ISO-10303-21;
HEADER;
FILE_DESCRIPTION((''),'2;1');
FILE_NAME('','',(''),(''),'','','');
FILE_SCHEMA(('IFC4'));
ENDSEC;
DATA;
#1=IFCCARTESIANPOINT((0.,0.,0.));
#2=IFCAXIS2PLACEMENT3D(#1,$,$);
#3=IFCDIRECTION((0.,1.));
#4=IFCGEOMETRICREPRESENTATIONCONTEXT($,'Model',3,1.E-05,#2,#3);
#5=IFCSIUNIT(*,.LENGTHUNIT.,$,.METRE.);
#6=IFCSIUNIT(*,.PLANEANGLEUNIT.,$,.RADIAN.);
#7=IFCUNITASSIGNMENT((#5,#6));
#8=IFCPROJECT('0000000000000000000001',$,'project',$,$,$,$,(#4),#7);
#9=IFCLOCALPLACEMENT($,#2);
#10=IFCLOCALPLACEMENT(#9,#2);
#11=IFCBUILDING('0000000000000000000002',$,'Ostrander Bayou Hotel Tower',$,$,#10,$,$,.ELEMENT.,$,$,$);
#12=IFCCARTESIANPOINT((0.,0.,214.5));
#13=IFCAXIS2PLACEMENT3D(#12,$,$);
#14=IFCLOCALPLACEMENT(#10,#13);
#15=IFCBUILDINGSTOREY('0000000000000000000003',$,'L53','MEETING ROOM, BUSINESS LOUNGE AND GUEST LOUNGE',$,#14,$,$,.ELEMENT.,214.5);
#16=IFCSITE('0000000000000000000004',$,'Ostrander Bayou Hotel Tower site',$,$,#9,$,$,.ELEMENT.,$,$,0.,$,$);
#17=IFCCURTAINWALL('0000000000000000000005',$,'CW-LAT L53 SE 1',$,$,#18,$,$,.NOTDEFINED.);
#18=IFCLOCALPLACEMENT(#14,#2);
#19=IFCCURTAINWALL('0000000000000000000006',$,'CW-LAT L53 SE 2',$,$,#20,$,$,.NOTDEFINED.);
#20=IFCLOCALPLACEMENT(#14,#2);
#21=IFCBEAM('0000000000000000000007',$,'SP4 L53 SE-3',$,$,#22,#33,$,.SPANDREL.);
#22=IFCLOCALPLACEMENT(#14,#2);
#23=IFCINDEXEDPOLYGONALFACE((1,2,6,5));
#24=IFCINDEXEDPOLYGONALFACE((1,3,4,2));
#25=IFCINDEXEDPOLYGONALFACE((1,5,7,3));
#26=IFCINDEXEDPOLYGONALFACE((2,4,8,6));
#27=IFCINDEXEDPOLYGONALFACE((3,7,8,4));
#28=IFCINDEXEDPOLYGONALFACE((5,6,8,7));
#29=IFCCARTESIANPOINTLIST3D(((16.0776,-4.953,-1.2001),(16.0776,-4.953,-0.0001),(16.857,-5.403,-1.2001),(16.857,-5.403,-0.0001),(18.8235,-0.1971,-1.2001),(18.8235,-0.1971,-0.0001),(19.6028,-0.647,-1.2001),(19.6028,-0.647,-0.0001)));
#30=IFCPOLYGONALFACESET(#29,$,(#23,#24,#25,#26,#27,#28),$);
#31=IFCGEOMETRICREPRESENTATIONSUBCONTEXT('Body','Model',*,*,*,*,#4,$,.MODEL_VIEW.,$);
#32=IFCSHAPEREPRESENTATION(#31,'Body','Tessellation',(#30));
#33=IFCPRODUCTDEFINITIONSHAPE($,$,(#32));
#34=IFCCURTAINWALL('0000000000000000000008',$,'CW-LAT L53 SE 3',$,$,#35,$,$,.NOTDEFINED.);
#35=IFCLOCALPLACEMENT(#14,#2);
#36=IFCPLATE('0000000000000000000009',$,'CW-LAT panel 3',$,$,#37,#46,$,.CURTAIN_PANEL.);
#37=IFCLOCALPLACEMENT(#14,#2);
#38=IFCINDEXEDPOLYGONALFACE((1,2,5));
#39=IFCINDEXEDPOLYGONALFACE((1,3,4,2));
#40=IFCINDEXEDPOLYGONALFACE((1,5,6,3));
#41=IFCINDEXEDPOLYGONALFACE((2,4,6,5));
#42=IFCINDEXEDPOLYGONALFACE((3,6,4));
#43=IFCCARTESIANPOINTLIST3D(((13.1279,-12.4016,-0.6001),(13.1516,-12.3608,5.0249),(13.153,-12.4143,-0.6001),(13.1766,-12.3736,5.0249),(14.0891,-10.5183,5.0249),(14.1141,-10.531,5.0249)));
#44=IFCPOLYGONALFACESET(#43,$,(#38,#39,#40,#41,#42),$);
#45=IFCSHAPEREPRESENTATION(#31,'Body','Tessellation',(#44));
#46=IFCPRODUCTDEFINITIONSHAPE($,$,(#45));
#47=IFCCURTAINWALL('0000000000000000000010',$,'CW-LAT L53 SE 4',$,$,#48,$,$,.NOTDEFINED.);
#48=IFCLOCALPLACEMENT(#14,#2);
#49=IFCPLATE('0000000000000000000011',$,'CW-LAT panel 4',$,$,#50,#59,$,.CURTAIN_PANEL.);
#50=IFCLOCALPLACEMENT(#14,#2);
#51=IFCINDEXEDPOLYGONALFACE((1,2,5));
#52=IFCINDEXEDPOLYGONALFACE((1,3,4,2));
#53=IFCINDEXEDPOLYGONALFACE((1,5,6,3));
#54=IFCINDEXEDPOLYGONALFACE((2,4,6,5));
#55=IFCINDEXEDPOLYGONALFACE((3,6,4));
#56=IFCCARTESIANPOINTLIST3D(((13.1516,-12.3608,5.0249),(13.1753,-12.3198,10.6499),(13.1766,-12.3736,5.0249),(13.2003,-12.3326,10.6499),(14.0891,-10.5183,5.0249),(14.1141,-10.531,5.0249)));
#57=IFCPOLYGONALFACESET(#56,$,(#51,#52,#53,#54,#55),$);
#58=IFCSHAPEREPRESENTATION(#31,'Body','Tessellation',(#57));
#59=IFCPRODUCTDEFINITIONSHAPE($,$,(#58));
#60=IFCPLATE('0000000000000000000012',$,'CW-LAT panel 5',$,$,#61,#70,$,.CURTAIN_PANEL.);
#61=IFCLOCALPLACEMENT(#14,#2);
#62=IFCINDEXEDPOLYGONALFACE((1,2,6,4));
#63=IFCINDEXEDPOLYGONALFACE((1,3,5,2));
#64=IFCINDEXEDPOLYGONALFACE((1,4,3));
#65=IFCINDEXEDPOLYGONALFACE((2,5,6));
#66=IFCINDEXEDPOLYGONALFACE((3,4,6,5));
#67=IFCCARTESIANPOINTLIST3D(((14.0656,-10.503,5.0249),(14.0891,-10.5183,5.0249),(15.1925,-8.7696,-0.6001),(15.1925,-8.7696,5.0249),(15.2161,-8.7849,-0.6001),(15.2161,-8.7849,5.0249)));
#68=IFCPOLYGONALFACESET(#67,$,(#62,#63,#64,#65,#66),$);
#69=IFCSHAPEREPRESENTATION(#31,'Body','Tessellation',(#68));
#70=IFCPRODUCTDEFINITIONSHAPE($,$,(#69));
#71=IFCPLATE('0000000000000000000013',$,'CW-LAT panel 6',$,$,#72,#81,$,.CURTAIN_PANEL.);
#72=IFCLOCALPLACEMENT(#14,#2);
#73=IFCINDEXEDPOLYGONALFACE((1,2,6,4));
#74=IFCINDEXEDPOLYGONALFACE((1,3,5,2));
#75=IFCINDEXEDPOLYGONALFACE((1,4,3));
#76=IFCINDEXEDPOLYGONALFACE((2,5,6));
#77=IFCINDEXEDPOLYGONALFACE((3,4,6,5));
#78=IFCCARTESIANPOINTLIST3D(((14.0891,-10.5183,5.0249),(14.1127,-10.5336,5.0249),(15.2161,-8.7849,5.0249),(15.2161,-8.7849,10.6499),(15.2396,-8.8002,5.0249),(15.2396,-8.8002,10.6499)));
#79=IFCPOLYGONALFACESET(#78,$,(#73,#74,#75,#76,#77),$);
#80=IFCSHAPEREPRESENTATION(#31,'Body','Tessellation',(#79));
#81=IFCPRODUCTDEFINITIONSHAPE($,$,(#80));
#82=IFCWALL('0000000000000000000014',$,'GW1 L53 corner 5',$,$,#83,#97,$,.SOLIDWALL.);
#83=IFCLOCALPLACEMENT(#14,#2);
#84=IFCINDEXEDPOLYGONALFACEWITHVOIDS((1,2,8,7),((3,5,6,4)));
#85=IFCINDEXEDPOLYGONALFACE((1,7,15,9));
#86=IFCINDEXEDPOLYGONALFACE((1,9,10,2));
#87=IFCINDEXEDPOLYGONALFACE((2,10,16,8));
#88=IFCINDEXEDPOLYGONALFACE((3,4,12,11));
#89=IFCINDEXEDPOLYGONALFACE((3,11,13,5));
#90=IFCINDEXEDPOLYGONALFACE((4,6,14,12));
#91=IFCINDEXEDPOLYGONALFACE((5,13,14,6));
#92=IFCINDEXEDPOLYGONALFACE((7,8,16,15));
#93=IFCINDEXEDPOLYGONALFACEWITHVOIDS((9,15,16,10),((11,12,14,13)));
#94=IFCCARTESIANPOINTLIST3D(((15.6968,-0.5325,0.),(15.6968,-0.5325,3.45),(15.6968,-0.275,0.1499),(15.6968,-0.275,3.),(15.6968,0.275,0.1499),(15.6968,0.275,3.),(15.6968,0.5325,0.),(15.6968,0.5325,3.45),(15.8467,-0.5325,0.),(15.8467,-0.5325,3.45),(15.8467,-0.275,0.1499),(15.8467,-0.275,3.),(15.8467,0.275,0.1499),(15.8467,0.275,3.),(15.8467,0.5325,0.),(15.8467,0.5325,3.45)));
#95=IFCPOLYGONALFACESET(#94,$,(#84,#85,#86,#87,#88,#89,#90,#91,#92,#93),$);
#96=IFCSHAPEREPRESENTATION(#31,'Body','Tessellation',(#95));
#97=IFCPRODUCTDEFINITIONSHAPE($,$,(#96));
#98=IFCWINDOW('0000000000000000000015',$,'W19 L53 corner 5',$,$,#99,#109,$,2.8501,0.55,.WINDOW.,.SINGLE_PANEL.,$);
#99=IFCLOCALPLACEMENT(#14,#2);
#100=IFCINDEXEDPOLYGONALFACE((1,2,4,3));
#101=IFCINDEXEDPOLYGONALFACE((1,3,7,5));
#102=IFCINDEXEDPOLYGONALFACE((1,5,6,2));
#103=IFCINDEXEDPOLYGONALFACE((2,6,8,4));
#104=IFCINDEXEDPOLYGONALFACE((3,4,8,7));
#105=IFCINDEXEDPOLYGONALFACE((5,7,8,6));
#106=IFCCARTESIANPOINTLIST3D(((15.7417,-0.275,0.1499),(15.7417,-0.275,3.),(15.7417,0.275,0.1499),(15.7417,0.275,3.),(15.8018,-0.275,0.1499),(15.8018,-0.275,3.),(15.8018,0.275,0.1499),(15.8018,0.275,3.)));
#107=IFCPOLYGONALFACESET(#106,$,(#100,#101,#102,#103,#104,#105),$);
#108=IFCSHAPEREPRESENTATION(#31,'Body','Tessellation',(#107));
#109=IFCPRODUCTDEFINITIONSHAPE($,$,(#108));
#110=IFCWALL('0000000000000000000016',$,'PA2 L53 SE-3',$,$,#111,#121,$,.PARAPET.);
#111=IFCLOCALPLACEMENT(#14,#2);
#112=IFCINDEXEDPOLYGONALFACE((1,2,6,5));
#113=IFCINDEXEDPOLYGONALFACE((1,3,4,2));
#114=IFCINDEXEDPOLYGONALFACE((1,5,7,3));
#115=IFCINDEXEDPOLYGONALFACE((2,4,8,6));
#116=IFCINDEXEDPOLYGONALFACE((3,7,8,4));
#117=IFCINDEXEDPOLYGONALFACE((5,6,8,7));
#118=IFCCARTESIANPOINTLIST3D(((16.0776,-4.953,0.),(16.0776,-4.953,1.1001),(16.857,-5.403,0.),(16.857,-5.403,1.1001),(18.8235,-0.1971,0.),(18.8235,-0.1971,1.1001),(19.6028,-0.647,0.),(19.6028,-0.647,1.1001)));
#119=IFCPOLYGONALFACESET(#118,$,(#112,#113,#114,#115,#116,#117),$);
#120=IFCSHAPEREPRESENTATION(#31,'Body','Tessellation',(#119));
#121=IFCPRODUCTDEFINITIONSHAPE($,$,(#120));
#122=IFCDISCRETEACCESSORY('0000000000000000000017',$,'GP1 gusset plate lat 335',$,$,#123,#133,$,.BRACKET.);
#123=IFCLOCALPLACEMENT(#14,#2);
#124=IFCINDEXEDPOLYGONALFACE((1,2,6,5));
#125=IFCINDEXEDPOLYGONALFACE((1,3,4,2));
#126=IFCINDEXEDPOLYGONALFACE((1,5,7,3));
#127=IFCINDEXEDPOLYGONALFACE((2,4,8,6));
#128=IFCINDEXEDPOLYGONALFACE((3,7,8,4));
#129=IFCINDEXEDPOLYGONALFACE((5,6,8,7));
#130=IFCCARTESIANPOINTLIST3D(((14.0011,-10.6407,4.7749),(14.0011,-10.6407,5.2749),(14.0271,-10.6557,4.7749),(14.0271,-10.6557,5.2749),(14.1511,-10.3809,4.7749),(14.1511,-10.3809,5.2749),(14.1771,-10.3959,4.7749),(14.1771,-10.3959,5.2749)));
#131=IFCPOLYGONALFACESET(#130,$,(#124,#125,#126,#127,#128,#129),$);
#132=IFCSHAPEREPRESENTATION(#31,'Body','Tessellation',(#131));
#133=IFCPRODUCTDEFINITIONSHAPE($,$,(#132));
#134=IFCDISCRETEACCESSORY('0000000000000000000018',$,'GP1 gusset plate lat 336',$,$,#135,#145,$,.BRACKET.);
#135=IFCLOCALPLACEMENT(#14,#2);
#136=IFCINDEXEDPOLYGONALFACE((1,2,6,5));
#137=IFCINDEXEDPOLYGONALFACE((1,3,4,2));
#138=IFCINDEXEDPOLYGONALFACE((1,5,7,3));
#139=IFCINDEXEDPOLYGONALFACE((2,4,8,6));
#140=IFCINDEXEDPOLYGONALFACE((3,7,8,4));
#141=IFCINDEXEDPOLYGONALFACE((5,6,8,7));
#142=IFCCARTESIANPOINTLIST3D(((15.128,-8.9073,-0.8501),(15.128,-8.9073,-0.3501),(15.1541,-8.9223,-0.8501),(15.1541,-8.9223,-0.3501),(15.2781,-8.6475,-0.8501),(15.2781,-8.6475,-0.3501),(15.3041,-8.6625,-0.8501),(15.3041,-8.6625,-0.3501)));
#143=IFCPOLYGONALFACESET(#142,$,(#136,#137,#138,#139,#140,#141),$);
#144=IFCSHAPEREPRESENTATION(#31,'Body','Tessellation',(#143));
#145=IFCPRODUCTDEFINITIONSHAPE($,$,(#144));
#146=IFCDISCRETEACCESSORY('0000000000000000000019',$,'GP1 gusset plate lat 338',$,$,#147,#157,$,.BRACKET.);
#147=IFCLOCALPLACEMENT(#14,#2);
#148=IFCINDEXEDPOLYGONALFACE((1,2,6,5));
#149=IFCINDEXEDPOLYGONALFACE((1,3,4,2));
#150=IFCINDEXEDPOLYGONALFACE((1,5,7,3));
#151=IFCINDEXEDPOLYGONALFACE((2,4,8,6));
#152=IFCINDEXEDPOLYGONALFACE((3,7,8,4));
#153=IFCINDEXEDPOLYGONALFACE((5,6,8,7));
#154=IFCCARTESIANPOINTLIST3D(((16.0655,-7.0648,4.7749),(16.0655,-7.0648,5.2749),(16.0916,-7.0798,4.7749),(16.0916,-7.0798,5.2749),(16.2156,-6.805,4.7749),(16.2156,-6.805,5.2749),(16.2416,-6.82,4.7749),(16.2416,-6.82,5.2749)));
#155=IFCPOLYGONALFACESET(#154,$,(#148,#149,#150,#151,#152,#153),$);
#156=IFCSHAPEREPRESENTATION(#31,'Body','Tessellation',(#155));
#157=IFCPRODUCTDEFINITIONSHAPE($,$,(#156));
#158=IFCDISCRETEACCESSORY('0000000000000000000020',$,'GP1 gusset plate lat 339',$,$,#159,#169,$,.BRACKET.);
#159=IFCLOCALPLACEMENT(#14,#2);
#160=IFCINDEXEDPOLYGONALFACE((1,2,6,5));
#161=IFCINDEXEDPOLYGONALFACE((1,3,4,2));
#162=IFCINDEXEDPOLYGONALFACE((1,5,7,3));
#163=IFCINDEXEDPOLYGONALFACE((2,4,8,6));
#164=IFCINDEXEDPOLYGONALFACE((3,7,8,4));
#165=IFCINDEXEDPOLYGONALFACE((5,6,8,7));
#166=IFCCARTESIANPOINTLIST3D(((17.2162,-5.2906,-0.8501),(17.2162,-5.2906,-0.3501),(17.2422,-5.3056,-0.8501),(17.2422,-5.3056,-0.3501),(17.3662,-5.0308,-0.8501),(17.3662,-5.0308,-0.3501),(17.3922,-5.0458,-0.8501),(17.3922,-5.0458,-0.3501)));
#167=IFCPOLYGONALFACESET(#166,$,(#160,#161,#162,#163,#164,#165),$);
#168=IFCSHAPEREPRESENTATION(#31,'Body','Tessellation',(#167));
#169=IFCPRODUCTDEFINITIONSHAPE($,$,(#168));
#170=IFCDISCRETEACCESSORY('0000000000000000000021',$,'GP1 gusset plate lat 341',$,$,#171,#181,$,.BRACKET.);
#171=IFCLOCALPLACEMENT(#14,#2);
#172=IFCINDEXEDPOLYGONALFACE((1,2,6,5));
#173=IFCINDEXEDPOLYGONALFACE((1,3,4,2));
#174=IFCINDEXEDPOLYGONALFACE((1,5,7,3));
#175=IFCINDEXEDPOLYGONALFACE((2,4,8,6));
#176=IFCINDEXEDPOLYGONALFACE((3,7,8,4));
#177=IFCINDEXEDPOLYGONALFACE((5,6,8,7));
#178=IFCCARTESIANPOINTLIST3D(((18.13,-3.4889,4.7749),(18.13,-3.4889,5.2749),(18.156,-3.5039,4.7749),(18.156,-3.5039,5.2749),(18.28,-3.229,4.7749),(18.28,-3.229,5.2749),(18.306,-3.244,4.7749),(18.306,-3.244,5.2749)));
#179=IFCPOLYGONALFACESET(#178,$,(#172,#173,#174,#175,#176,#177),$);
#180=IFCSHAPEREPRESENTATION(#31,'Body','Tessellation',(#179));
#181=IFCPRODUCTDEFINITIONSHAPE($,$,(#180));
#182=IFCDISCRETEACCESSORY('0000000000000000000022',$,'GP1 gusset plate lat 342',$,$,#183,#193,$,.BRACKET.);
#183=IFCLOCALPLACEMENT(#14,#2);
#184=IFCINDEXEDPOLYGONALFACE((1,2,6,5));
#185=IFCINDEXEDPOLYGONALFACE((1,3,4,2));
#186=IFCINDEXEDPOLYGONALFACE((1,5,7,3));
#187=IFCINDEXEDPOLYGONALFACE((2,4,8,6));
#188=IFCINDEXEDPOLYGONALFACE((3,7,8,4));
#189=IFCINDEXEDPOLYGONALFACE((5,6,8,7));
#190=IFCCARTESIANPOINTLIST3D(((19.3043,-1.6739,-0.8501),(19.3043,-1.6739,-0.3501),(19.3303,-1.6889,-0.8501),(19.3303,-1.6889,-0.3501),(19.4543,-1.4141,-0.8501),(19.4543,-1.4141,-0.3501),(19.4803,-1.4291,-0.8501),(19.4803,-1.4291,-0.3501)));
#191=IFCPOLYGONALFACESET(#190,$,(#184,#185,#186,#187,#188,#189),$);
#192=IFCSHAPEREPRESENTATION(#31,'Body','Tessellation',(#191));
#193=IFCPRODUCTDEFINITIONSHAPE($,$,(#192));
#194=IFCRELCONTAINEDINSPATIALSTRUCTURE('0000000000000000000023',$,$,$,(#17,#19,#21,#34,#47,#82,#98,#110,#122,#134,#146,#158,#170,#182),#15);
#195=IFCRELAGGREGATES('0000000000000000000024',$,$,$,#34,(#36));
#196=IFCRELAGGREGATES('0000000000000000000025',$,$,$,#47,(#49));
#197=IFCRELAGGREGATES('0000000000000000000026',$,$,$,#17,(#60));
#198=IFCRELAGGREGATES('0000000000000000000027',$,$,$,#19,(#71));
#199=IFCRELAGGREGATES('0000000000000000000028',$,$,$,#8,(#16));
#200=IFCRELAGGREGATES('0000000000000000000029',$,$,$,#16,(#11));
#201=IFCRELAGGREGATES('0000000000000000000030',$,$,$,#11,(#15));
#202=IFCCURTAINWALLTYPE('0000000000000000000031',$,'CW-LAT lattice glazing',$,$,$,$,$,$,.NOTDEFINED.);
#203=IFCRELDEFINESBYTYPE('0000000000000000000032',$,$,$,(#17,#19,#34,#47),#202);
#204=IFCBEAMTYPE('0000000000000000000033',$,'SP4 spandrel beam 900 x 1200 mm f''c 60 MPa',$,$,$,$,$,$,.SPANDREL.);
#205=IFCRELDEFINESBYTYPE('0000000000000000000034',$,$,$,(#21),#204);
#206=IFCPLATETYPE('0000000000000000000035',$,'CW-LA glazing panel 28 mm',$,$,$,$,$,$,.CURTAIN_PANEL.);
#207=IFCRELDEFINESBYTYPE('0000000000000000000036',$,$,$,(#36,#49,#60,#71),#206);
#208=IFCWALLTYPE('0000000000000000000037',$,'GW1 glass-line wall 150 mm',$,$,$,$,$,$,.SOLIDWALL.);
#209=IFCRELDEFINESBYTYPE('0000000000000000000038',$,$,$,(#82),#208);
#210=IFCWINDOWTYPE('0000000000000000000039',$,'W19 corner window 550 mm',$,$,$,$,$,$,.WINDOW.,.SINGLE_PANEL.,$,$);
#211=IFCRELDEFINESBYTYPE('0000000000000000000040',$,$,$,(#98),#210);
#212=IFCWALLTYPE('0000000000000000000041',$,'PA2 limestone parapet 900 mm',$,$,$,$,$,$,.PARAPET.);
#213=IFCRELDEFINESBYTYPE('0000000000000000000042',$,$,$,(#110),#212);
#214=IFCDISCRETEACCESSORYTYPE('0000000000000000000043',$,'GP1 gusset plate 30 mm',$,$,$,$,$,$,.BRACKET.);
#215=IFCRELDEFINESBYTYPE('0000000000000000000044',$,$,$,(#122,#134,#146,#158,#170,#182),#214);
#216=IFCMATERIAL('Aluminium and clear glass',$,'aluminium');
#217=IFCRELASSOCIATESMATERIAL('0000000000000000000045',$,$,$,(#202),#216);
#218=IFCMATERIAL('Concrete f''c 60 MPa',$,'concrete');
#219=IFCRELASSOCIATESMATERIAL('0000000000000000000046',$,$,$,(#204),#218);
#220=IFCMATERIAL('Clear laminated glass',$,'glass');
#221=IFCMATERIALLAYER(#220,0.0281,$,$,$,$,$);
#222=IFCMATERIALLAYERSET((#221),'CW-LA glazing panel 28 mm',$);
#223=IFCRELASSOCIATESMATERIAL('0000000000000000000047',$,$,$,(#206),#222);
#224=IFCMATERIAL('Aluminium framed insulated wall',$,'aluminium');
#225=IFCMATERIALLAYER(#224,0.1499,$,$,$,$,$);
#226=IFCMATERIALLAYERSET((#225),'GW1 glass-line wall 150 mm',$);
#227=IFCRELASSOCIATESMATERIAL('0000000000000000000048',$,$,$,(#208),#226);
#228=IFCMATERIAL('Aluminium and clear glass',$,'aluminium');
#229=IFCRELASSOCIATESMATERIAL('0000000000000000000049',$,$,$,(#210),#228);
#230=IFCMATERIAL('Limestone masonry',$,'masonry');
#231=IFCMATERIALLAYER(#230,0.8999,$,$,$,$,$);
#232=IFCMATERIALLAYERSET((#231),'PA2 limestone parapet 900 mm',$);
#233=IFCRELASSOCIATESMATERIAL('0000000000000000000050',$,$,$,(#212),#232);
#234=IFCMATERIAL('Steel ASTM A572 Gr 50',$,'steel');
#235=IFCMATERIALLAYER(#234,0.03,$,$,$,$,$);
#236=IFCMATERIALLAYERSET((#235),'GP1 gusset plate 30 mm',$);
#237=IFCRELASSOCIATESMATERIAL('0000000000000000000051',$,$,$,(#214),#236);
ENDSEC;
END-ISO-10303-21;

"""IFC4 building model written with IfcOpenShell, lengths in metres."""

from ifc_helpers import new_model, si_unit, direction, frame, frame_2d, origin, origin_2d, place, context, subcontext, project, spatial, polyline, rectangle, outline, extrude, material, layer, layer_set, material_profile, profile_set, type_object, element, fill, aggregate, save


model = new_model("IFC4")

# Units and contexts
model_context = context("Model", 3, precision=1e-05, world=origin(), true_north=direction((0.0, 1.0)))
body_context = subcontext(model_context, "Body", "Model", "MODEL_VIEW")
ifc_project = project(units=[si_unit("LENGTHUNIT", "METRE"), si_unit("PLANEANGLEUNIT", "RADIAN")], contexts=[model_context])

# Site, building, storey
site_placement = place(None, origin())
site = spatial("IfcSite", under=ifc_project, at=site_placement, Name="Ostrander Bayou Hotel Tower site", CompositionType="ELEMENT", RefElevation=0.0)
building_placement = place(site_placement, origin())
building = spatial("IfcBuilding", under=site, at=building_placement, Name="Ostrander Bayou Hotel Tower", CompositionType="ELEMENT")
storey_placement = place(building_placement, frame((0.0, 0.0, 214.5)))
storey = spatial("IfcBuildingStorey", under=building, at=storey_placement, Name="L53", Description="MEETING ROOM, BUSINESS LOUNGE AND GUEST LOUNGE", CompositionType="ELEMENT", Elevation=214.5)

# Curtain walls
ifc_material_1 = material(Name="Aluminium and clear glass", Category="aluminium")
curtain_wall_type = type_object("IfcCurtainWallType", Name="CW-LAT lattice glazing", PredefinedType="NOTDEFINED", material=ifc_material_1)
curtain_wall_1_placement = place(storey_placement, origin())
curtain_wall_1 = element("IfcCurtainWall", 1, at=curtain_wall_1_placement, inside=storey, type_object=curtain_wall_type, Name="CW-LAT L53 SE 1", PredefinedType="NOTDEFINED")
curtain_wall_2_placement = place(storey_placement, origin())
curtain_wall_2 = element("IfcCurtainWall", 2, at=curtain_wall_2_placement, inside=storey, type_object=curtain_wall_type, Name="CW-LAT L53 SE 2", PredefinedType="NOTDEFINED")

# Beam
ifc_material_2 = material(Name="Concrete f'c 60 MPa", Category="concrete")
ifc_material_profile_1 = material_profile(ifc_material_2, rectangle(XDim=0.8999, YDim=1.2, at=origin_2d()))
ifc_profile_set_1 = profile_set([ifc_material_profile_1], Name="Concrete f'c 60 MPa")
beam_type_1 = type_object("IfcBeamType", Name="SP4 spandrel beam 900 x 1200 mm f'c 60 MPa", PredefinedType="SPANDREL", material=ifc_profile_set_1)
beam_1_placement = place(storey_placement, frame((16.4673, -5.178, -0.6001), z_axis=(0.500007, 0.866021, 0.0), x_axis=(-0.866021, 0.500007, 0.0)))
element("IfcBeam", 3, at=beam_1_placement, inside=storey, type_object=beam_type_1, Name="SP4 L53 SE-3", PredefinedType="SPANDREL", context=body_context, shape_type="SweptSolid", body=[
    extrude(rectangle(XDim=0.8999, YDim=1.2, at=origin_2d()), origin(), (0.0, 0.0, 1.0), 5.4917),
])

# Curtain walls, plates
curtain_wall_3_placement = place(storey_placement, origin())
curtain_wall_3 = element("IfcCurtainWall", 4, at=curtain_wall_3_placement, inside=storey, type_object=curtain_wall_type, Name="CW-LAT L53 SE 3", PredefinedType="NOTDEFINED")
ifc_material_3 = material(Name="Clear laminated glass", Category="glass")
ifc_layer_1 = layer(ifc_material_3, 0.0281)
ifc_layer_set_1 = layer_set([ifc_layer_1], Name="CW-LA glazing panel 28 mm")
plate_type = type_object("IfcPlateType", Name="CW-LA glazing panel 28 mm", PredefinedType="CURTAIN_PANEL", material=ifc_layer_set_1)
plate_1_placement = place(storey_placement, frame((14.0891, -10.5183, 5.0249), z_axis=(-0.891264, 0.453485, 0.000465), x_axis=(-0.15995, -0.313399, -0.936054)))
plate_1 = element("IfcPlate", 5, at=plate_1_placement, type_object=plate_type, Name="CW-LAT panel 3", PredefinedType="CURTAIN_PANEL", context=body_context, shape_type="SweptSolid", body=[
    extrude(outline(polyline([(0.0, 0.0), (6.0093, 0.0), (0.7274, 1.9351), (0.0, 0.0)])), origin(), (0.0, 0.0, -1.0), 0.0281),
])
aggregate(curtain_wall_3, [plate_1])
curtain_wall_4_placement = place(storey_placement, origin())
curtain_wall_4 = element("IfcCurtainWall", 6, at=curtain_wall_4_placement, inside=storey, type_object=curtain_wall_type, Name="CW-LAT L53 SE 4", PredefinedType="NOTDEFINED")
plate_2_placement = place(storey_placement, frame((14.0891, -10.5183, 5.0249), z_axis=(-0.891264, 0.453485, 0.000446), x_axis=(-0.152896, -0.301422, 0.941152)))
plate_2 = element("IfcPlate", 7, at=plate_2_placement, type_object=plate_type, Name="CW-LAT panel 4", PredefinedType="CURTAIN_PANEL", context=body_context, shape_type="SweptSolid", body=[
    extrude(outline(polyline([(0.0, 0.0), (5.9767, 0.0), (0.6987, -1.9457), (0.0, 0.0)])), origin(), (0.0, 0.0, -1.0), 0.0281),
])
aggregate(curtain_wall_4, [plate_2])

# Plates
plate_3_placement = place(storey_placement, frame((14.0891, -10.5183, 5.0249), z_axis=(0.83839, -0.545071, 0.0), x_axis=(0.188047, 0.28924, -0.938605)))
plate_3 = element("IfcPlate", 8, at=plate_3_placement, type_object=plate_type, Name="CW-LAT panel 5", PredefinedType="CURTAIN_PANEL", context=body_context, shape_type="SweptSolid", body=[
    extrude(outline(polyline([(0.0, 0.0), (5.9929, 0.0), (0.7133, 1.9406), (0.0, 0.0)])), origin(), (0.0, 0.0, -1.0), 0.0281),
])
aggregate(curtain_wall_1, [plate_3])
plate_4_placement = place(storey_placement, frame((14.0891, -10.5183, 5.0249), z_axis=(-0.83839, 0.545071, 0.0), x_axis=(0.188047, 0.28924, 0.938605)))
plate_4 = element("IfcPlate", 9, at=plate_4_placement, type_object=plate_type, Name="CW-LAT panel 6", PredefinedType="CURTAIN_PANEL", context=body_context, shape_type="SweptSolid", body=[
    extrude(outline(polyline([(0.0, 0.0), (5.9929, 0.0), (0.7133, 1.9406), (0.0, 0.0)])), origin(), (0.0, 0.0, -1.0), 0.0281),
])
aggregate(curtain_wall_2, [plate_4])

# Wall, opening, window
ifc_material_4 = material(Name="Aluminium framed insulated wall", Category="aluminium")
ifc_layer_2 = layer(ifc_material_4, 0.1499)
ifc_layer_set_2 = layer_set([ifc_layer_2], Name="GW1 glass-line wall 150 mm")
wall_type_1 = type_object("IfcWallType", Name="GW1 glass-line wall 150 mm", PredefinedType="SOLIDWALL", material=ifc_layer_set_2)
wall_1_placement = place(storey_placement, frame((15.7717, -0.5325, 0.0), z_axis=(0.0, 0.0, 1.0), x_axis=(0.0, 1.0, 0.0)))
wall_1 = element("IfcWall", 10, at=wall_1_placement, inside=storey, type_object=wall_type_1, Name="GW1 L53 corner 5", PredefinedType="SOLIDWALL", context=body_context, shape_type="SweptSolid", body=[
    extrude(rectangle(XDim=1.0649, YDim=0.1499, at=frame_2d((0.5325, 0.0))), origin(), (0.0, 0.0, 1.0), 3.45),
])
opening_placement = place(wall_1_placement, frame((0.2576, 0.0, 0.1499)))
opening = element("IfcOpeningElement", 11, at=opening_placement, cuts=wall_1, PredefinedType="OPENING", context=body_context, shape_type="SweptSolid", body=[
    extrude(rectangle(XDim=0.55, YDim=2.8501, at=frame_2d((0.2749, 1.425))), frame((0.0, 0.075, 0.0), z_axis=(0.0, -1.0, 0.0), x_axis=(1.0, 0.0, 0.0)), (0.0, 0.0, 1.0), 0.1499),
])
ifc_material_5 = material(Name="Aluminium and clear glass", Category="aluminium")
window_type = type_object("IfcWindowType", Name="W19 corner window 550 mm", PartitioningType="SINGLE_PANEL", PredefinedType="WINDOW", material=ifc_material_5)
window_placement = place(opening_placement, origin())
window = element("IfcWindow", 12, at=window_placement, inside=storey, type_object=window_type, Name="W19 L53 corner 5", OverallHeight=2.8501, OverallWidth=0.55, PartitioningType="SINGLE_PANEL", PredefinedType="WINDOW", context=body_context, shape_type="SweptSolid", body=[
    extrude(rectangle(XDim=0.55, YDim=2.8501, at=frame_2d((0.2749, 1.425))), frame((0.0, 0.03, 0.0), z_axis=(0.0, -1.0, 0.0), x_axis=(1.0, 0.0, 0.0)), (0.0, 0.0, 1.0), 0.0601),
])
fill(opening, window)

# Wall
ifc_material_6 = material(Name="Limestone masonry", Category="masonry")
ifc_layer_3 = layer(ifc_material_6, 0.8999)
ifc_layer_set_3 = layer_set([ifc_layer_3], Name="PA2 limestone parapet 900 mm")
wall_type_2 = type_object("IfcWallType", Name="PA2 limestone parapet 900 mm", PredefinedType="PARAPET", material=ifc_layer_set_3)
wall_2_placement = place(storey_placement, frame((16.4673, -5.178, 0.0), z_axis=(0.0, 0.0, 1.0), x_axis=(0.500007, 0.866021, 0.0)))
element("IfcWall", 13, at=wall_2_placement, inside=storey, type_object=wall_type_2, Name="PA2 L53 SE-3", PredefinedType="PARAPET", context=body_context, shape_type="SweptSolid", body=[
    extrude(rectangle(XDim=5.4917, YDim=0.8999, at=frame_2d((2.7458, 0.0))), origin(), (0.0, 0.0, 1.0), 1.1001),
])

# Discrete accessories
ifc_material_7 = material(Name="Steel ASTM A572 Gr 50", Category="steel")
ifc_layer_4 = layer(ifc_material_7, 0.03)
ifc_layer_set_4 = layer_set([ifc_layer_4], Name="GP1 gusset plate 30 mm")
discrete_accessory_type = type_object("IfcDiscreteAccessoryType", Name="GP1 gusset plate 30 mm", PredefinedType="BRACKET", material=ifc_layer_set_4)
for number, where, z_axis, x_axis, name in (
    (14, (14.0891, -10.5183, 4.7749), (0.0, 0.0, 1.0), (0.5, 0.866025, 0.0), "GP1 gusset plate lat 335"),
    (15, (15.2161, -8.7849, -0.8501), (0.0, 0.0, 1.0), (0.5, 0.866025, 0.0), "GP1 gusset plate lat 336"),
    (16, (16.1536, -6.9424, 4.7749), (0.0, 0.0, 1.0), (0.5, 0.866025, 0.0), "GP1 gusset plate lat 338"),
    (17, (17.3042, -5.1682, -0.8501), (0.0, 0.0, 1.0), (0.5, 0.866025, 0.0), "GP1 gusset plate lat 339"),
    (18, (18.218, -3.3665, 4.7749), (0.0, 0.0, 1.0), (0.5, 0.866025, 0.0), "GP1 gusset plate lat 341"),
    (19, (19.3923, -1.5515, -0.8501), (0.0, 0.0, 1.0), (0.5, 0.866025, 0.0), "GP1 gusset plate lat 342"),
):
    element("IfcDiscreteAccessory", number, at=place(storey_placement, frame(where, z_axis=z_axis, x_axis=x_axis)), inside=storey, type_object=discrete_accessory_type, Name=name, PredefinedType="BRACKET", context=body_context, shape_type="SweptSolid", body=[
        extrude(rectangle(XDim=0.3, YDim=0.03, at=origin_2d()), origin(), (0.0, 0.0, 1.0), 0.5),
    ])

save(model, "model.ifc")
